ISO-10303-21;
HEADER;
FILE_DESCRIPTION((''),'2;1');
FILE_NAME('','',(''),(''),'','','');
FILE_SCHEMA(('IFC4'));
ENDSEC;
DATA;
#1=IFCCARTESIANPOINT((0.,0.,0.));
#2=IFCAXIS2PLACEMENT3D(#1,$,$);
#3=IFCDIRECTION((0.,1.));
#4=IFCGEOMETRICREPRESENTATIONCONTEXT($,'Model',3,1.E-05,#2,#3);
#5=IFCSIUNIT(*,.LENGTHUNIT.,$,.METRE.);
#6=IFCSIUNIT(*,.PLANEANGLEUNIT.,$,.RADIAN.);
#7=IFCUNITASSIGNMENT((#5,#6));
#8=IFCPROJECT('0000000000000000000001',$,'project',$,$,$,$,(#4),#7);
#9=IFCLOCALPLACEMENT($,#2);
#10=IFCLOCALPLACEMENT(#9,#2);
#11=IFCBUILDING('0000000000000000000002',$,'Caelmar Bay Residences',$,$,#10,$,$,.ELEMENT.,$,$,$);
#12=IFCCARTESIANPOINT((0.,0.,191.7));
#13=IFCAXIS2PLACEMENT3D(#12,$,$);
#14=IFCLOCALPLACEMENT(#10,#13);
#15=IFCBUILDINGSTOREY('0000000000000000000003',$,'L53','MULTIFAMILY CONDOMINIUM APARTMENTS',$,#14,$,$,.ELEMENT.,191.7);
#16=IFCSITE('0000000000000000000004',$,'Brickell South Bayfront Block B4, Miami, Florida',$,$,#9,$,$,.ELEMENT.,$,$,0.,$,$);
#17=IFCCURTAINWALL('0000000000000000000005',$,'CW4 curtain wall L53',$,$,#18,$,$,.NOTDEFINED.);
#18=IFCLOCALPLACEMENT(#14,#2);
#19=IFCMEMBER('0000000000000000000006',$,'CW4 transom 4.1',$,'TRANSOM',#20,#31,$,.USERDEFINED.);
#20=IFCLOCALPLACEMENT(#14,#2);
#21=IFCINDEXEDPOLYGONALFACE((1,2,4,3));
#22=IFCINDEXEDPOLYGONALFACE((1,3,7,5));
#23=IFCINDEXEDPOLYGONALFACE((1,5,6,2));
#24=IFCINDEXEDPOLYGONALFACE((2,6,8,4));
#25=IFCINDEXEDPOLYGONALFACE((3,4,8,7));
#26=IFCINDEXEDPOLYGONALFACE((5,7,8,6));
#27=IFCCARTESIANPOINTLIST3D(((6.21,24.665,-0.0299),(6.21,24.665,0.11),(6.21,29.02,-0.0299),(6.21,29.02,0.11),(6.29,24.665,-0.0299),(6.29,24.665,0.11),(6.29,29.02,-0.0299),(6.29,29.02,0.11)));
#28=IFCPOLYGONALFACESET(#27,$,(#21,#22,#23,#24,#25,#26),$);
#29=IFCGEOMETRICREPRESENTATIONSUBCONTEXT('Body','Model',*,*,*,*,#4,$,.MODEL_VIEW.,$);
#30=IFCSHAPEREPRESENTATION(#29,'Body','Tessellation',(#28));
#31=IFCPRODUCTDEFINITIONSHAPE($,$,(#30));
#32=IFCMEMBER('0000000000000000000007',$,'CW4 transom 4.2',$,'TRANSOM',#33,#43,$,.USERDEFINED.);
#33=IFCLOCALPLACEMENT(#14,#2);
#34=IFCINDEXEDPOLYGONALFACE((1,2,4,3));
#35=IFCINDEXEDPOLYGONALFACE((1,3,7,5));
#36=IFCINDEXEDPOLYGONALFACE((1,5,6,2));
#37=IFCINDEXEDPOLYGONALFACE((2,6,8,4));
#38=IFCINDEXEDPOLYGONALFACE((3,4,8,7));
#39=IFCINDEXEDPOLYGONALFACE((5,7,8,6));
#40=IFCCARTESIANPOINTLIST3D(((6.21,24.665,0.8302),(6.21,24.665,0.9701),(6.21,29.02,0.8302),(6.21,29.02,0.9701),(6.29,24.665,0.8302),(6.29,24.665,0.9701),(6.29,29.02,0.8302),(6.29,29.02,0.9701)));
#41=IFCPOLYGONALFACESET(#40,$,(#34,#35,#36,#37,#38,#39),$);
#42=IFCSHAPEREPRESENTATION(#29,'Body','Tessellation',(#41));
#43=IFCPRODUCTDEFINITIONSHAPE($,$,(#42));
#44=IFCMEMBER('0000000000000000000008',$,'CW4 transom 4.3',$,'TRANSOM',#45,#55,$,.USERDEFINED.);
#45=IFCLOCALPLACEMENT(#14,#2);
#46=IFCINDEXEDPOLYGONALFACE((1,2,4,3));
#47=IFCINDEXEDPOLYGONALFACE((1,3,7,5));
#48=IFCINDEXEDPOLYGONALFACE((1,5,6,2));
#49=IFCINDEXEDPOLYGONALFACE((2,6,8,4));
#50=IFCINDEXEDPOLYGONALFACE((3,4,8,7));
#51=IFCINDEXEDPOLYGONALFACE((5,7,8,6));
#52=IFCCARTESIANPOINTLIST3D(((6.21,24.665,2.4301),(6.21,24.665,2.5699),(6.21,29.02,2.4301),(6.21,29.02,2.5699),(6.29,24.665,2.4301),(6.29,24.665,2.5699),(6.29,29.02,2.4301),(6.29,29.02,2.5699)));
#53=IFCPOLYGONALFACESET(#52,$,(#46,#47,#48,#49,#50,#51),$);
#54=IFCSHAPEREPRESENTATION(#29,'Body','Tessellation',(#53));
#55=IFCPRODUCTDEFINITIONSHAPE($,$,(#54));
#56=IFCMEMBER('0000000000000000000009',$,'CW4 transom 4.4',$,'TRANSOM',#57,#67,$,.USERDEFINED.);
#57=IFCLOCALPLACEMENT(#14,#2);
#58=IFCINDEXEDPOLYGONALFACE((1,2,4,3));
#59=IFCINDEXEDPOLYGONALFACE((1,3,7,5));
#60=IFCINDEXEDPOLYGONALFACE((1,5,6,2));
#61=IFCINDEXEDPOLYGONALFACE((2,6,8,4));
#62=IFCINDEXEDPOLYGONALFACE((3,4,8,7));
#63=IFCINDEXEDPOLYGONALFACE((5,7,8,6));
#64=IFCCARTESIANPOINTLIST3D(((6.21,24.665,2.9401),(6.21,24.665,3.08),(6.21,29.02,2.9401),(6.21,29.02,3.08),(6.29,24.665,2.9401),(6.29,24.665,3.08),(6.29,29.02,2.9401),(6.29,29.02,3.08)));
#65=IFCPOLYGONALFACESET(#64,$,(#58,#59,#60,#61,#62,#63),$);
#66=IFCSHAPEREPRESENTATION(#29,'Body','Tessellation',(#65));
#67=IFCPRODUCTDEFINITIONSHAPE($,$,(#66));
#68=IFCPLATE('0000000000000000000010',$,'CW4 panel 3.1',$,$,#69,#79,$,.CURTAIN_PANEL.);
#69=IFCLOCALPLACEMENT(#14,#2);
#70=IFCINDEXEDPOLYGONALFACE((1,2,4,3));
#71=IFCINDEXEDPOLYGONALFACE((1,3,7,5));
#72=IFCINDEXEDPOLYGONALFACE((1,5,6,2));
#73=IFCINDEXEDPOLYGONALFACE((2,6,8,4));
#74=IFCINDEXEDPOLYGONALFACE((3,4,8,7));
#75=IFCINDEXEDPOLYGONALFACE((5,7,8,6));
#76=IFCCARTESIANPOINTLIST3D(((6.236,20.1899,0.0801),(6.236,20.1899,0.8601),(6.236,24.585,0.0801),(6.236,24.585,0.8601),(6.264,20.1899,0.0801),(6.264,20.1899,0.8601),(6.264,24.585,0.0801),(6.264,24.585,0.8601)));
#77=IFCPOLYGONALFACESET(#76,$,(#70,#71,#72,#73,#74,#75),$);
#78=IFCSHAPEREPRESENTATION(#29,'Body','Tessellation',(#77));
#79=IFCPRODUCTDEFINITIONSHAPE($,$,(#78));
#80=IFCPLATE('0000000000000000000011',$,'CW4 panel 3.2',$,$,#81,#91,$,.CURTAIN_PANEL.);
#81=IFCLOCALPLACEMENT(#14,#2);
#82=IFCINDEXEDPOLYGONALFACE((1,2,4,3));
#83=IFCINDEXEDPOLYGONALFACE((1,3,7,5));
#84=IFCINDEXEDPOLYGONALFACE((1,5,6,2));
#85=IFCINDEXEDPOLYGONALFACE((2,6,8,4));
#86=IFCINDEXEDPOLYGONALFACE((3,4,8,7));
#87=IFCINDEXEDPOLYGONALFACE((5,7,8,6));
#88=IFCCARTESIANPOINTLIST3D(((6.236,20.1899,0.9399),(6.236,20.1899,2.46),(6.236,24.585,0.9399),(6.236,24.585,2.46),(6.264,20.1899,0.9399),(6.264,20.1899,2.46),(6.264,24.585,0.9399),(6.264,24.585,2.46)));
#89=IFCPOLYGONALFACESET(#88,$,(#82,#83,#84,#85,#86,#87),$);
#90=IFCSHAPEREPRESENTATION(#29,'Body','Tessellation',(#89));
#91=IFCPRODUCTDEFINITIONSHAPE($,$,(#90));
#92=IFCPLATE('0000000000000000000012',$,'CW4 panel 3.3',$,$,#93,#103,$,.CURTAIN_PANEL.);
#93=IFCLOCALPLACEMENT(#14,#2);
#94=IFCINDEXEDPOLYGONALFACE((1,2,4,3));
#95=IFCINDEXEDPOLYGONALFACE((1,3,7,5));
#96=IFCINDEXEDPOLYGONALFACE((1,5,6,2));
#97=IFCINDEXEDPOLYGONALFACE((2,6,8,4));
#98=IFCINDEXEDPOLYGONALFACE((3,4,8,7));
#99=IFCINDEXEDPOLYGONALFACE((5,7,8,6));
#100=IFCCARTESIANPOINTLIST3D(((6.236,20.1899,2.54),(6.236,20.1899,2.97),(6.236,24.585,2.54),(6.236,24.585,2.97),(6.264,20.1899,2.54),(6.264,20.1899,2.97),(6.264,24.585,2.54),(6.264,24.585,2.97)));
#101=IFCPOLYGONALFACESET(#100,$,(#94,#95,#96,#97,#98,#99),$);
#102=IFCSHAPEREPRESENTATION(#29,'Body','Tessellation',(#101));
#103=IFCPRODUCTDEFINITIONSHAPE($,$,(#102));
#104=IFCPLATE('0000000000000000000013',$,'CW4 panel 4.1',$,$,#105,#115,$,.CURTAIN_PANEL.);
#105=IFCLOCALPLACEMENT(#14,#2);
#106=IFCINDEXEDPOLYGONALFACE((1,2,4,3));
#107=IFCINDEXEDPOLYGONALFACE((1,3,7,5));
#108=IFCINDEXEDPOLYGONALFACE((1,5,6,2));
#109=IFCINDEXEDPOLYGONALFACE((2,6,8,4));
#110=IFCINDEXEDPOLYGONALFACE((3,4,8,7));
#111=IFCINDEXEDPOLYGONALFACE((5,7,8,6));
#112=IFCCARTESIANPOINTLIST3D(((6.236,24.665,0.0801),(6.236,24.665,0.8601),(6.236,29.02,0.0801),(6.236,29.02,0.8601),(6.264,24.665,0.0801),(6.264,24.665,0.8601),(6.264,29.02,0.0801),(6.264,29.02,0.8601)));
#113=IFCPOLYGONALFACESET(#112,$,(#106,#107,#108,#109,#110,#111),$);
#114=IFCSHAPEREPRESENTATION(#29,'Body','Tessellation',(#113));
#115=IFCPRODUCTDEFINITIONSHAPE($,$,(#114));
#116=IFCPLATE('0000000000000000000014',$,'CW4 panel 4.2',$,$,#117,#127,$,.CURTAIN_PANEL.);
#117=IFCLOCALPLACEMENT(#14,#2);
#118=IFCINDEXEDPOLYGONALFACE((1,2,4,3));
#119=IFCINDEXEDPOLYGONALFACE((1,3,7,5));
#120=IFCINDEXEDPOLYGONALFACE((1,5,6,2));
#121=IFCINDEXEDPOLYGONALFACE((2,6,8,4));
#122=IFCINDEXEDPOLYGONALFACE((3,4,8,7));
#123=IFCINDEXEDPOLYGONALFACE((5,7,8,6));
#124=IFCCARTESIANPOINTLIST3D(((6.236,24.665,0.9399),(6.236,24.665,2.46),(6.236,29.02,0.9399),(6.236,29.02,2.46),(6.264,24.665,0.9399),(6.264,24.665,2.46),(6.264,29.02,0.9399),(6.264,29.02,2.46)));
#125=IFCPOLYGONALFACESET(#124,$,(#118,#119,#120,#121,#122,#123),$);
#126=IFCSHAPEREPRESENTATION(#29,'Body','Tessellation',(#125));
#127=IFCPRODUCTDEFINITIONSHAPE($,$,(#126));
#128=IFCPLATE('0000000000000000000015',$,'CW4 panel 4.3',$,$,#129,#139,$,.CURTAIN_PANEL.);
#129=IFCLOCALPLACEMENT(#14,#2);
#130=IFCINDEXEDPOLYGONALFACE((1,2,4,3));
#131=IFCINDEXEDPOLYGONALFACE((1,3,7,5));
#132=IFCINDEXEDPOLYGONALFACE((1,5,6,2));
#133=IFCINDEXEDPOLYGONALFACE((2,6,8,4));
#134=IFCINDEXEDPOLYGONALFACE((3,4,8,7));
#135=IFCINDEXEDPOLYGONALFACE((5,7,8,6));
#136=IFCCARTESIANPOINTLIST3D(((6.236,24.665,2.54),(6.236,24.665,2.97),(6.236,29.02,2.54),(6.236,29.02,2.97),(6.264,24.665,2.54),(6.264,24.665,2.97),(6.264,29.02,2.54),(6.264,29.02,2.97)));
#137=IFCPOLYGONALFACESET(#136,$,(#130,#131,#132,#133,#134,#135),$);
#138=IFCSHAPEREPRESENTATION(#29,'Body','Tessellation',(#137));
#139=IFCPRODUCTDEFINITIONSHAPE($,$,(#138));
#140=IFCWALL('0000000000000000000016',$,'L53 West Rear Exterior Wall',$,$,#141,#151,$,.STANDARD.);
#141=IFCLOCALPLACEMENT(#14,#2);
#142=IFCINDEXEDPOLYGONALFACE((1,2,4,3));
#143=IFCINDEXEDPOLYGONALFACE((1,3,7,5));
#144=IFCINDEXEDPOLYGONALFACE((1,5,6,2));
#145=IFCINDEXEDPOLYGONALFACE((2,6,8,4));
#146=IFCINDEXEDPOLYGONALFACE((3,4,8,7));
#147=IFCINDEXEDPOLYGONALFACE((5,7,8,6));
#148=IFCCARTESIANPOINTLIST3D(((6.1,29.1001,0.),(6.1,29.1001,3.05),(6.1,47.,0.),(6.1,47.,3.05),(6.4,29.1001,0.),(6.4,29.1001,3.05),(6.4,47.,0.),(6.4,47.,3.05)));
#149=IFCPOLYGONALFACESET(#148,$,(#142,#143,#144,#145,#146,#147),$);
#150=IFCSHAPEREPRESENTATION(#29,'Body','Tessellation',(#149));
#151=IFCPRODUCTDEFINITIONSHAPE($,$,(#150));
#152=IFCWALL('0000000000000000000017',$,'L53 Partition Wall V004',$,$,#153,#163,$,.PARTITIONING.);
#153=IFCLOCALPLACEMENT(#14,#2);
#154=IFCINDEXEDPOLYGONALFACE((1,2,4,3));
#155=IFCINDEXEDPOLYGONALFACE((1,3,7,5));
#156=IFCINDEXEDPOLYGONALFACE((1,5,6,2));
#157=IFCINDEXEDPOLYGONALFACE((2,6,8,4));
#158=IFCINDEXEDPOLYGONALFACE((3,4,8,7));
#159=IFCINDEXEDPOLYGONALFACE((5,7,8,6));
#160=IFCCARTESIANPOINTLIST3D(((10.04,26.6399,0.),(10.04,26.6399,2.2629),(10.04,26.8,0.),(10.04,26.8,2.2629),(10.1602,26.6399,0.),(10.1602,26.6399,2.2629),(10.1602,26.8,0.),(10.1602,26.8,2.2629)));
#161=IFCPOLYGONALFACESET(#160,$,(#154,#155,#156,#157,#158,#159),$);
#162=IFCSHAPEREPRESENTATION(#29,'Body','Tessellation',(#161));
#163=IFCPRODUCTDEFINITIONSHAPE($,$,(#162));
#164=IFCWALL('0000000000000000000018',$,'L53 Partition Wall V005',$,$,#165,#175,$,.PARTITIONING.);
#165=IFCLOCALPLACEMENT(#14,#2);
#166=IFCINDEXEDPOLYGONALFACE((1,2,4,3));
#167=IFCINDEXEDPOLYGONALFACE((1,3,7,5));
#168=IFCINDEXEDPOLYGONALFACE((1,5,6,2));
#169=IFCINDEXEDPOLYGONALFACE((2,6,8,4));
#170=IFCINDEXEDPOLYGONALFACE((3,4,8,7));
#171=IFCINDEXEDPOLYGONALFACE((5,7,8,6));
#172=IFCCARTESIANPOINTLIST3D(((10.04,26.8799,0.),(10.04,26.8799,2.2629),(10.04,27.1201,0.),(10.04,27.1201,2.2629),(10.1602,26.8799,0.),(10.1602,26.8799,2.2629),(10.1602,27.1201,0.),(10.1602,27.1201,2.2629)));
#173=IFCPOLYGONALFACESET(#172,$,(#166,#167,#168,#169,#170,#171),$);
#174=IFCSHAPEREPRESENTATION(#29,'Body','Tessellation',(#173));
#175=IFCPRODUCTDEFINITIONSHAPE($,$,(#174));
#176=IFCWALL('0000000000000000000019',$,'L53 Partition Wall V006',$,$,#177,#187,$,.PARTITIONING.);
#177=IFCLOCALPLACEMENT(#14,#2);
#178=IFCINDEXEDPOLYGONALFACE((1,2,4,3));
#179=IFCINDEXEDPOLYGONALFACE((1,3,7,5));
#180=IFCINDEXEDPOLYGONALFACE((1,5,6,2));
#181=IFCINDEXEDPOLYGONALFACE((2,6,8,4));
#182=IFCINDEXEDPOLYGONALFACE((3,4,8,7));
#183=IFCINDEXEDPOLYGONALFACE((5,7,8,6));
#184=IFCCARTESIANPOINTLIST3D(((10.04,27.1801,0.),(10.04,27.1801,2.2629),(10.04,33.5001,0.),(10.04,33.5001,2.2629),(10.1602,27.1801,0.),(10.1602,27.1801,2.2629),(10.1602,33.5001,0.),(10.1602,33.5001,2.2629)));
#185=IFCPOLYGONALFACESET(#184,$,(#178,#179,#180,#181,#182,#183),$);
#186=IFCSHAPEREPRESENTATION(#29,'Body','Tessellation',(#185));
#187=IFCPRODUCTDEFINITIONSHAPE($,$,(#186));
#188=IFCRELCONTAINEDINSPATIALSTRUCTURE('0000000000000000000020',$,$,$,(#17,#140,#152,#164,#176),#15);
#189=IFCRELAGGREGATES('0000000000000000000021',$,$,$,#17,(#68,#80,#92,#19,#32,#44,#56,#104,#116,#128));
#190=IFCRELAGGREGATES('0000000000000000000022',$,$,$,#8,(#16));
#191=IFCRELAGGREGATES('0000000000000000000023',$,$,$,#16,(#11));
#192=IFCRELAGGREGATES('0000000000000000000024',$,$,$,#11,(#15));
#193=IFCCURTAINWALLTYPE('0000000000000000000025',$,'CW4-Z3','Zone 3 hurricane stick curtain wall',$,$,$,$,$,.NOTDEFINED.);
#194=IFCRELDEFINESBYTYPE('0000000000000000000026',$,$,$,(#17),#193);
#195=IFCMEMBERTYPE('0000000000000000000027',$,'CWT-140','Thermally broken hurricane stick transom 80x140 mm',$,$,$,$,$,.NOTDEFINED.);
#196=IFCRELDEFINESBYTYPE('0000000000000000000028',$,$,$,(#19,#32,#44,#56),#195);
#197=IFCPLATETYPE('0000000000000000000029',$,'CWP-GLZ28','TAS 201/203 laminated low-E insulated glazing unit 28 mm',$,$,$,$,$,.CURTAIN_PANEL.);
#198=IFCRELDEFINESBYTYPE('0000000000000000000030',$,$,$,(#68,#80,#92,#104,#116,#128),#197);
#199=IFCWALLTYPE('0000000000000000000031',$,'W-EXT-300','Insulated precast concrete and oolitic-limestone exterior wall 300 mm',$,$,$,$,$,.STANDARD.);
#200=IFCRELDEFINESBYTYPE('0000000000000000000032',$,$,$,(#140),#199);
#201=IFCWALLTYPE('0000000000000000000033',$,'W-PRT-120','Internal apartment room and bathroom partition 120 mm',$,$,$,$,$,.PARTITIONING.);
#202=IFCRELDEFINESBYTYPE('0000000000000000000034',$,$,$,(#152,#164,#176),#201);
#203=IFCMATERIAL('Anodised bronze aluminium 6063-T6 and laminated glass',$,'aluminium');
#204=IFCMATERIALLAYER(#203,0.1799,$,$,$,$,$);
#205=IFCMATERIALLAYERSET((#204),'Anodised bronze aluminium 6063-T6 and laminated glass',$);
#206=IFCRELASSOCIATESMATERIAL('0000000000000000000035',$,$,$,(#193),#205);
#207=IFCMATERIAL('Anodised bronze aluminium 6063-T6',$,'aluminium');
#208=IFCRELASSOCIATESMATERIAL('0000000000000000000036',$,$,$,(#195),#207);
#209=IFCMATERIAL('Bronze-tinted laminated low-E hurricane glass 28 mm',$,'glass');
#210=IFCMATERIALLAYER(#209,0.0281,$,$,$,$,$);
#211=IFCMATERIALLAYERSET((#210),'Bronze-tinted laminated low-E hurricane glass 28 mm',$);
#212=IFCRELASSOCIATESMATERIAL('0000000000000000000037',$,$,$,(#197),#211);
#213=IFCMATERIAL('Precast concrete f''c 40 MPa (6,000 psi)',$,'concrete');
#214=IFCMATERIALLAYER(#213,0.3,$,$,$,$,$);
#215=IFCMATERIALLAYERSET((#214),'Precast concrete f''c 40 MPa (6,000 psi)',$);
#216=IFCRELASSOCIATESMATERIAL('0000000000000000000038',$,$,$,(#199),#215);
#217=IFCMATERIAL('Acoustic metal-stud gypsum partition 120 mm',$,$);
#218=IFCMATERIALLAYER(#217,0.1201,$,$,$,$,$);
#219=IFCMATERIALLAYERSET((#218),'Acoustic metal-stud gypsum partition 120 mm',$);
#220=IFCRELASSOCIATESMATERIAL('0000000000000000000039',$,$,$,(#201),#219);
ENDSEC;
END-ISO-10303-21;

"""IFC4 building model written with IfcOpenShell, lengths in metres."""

from ifc_helpers import new_model, si_unit, direction, frame, frame_2d, origin, origin_2d, place, context, subcontext, project, spatial, rectangle, extrude, material, layer, layer_set, material_profile, profile_set, type_object, element, aggregate, save


model = new_model("IFC4")

# Units and contexts
model_context = context("Model", 3, precision=1e-05, world=origin(), true_north=direction((0.0, 1.0)))
body_context = subcontext(model_context, "Body", "Model", "MODEL_VIEW")
ifc_project = project(units=[si_unit("LENGTHUNIT", "METRE"), si_unit("PLANEANGLEUNIT", "RADIAN")], contexts=[model_context])

# Site, building, storey
site_placement = place(None, origin())
site = spatial("IfcSite", under=ifc_project, at=site_placement, Name="Brickell South Bayfront Block B4, Miami, Florida", CompositionType="ELEMENT", RefElevation=0.0)
building_placement = place(site_placement, origin())
building = spatial("IfcBuilding", under=site, at=building_placement, Name="Caelmar Bay Residences", CompositionType="ELEMENT")
storey_placement = place(building_placement, frame((0.0, 0.0, 191.7)))
storey = spatial("IfcBuildingStorey", under=building, at=storey_placement, Name="L53", Description="MULTIFAMILY CONDOMINIUM APARTMENTS", CompositionType="ELEMENT", Elevation=191.7)

# Curtain wall, members, plates
ifc_material_1 = material(Name="Anodised bronze aluminium 6063-T6 and laminated glass", Category="aluminium")
ifc_layer_1 = layer(ifc_material_1, 0.1799)
ifc_layer_set_1 = layer_set([ifc_layer_1], Name="Anodised bronze aluminium 6063-T6 and laminated glass")
curtain_wall_type = type_object("IfcCurtainWallType", Name="CW4-Z3", Description="Zone 3 hurricane stick curtain wall", PredefinedType="NOTDEFINED", material=ifc_layer_set_1)
curtain_wall_placement = place(storey_placement, origin())
curtain_wall = element("IfcCurtainWall", 1, at=curtain_wall_placement, inside=storey, type_object=curtain_wall_type, Name="CW4 curtain wall L53", PredefinedType="NOTDEFINED")
ifc_material_2 = material(Name="Anodised bronze aluminium 6063-T6", Category="aluminium")
ifc_material_profile_1 = material_profile(ifc_material_2, rectangle(XDim=0.0801, YDim=0.1399, at=origin_2d()), Name="CWT-80X140")
ifc_profile_set_1 = profile_set([ifc_material_profile_1], Name="Anodised bronze aluminium 6063-T6")
member_type_1 = type_object("IfcMemberType", Name="CWT-140", Description="Thermally broken hurricane stick transom 80x140 mm", PredefinedType="NOTDEFINED", material=ifc_profile_set_1)
member_1_placement = place(storey_placement, frame((6.25, 24.665, 0.04), z_axis=(0.0, 1.0, 0.0), x_axis=(-1.0, 0.0, 0.0)))
member_1 = element("IfcMember", 2, at=member_1_placement, type_object=member_type_1, Name="CW4 transom 4.1", ObjectType="TRANSOM", PredefinedType="USERDEFINED", context=body_context, shape_type="SweptSolid", body=[
    extrude(rectangle(XDim=0.0801, YDim=0.1399, at=origin_2d()), origin(), (0.0, 0.0, 1.0), 4.355),
])
member_2_placement = place(storey_placement, frame((6.25, 24.665, 0.9001), z_axis=(0.0, 1.0, 0.0), x_axis=(-1.0, 0.0, 0.0)))
member_2 = element("IfcMember", 3, at=member_2_placement, type_object=member_type_1, Name="CW4 transom 4.2", ObjectType="TRANSOM", PredefinedType="USERDEFINED", context=body_context, shape_type="SweptSolid", body=[
    extrude(rectangle(XDim=0.0801, YDim=0.1399, at=origin_2d()), origin(), (0.0, 0.0, 1.0), 4.355),
])
member_3_placement = place(storey_placement, frame((6.25, 24.665, 2.5), z_axis=(0.0, 1.0, 0.0), x_axis=(-1.0, 0.0, 0.0)))
member_3 = element("IfcMember", 4, at=member_3_placement, type_object=member_type_1, Name="CW4 transom 4.3", ObjectType="TRANSOM", PredefinedType="USERDEFINED", context=body_context, shape_type="SweptSolid", body=[
    extrude(rectangle(XDim=0.0801, YDim=0.1399, at=origin_2d()), origin(), (0.0, 0.0, 1.0), 4.355),
])
member_4_placement = place(storey_placement, frame((6.25, 24.665, 3.01), z_axis=(0.0, 1.0, 0.0), x_axis=(-1.0, 0.0, 0.0)))
member_4 = element("IfcMember", 5, at=member_4_placement, type_object=member_type_1, Name="CW4 transom 4.4", ObjectType="TRANSOM", PredefinedType="USERDEFINED", context=body_context, shape_type="SweptSolid", body=[
    extrude(rectangle(XDim=0.0801, YDim=0.1399, at=origin_2d()), origin(), (0.0, 0.0, 1.0), 4.355),
])
ifc_material_3 = material(Name="Bronze-tinted laminated low-E hurricane glass 28 mm", Category="glass")
ifc_layer_2 = layer(ifc_material_3, 0.0281)
ifc_layer_set_2 = layer_set([ifc_layer_2], Name="Bronze-tinted laminated low-E hurricane glass 28 mm")
plate_type = type_object("IfcPlateType", Name="CWP-GLZ28", Description="TAS 201/203 laminated low-E insulated glazing unit 28 mm", PredefinedType="CURTAIN_PANEL", material=ifc_layer_set_2)
plate_1_placement = place(storey_placement, frame((6.25, 22.3875, 0.0801), z_axis=(0.0, 0.0, 1.0), x_axis=(0.0, 1.0, 0.0)))
plate_1 = element("IfcPlate", 6, at=plate_1_placement, type_object=plate_type, Name="CW4 panel 3.1", PredefinedType="CURTAIN_PANEL", context=body_context, shape_type="SweptSolid", body=[
    extrude(rectangle(XDim=4.395, YDim=0.0281, at=origin_2d()), origin(), (0.0, 0.0, 1.0), 0.78),
])
plate_2_placement = place(storey_placement, frame((6.25, 22.3875, 0.9399), z_axis=(0.0, 0.0, 1.0), x_axis=(0.0, 1.0, 0.0)))
plate_2 = element("IfcPlate", 7, at=plate_2_placement, type_object=plate_type, Name="CW4 panel 3.2", PredefinedType="CURTAIN_PANEL", context=body_context, shape_type="SweptSolid", body=[
    extrude(rectangle(XDim=4.395, YDim=0.0281, at=origin_2d()), origin(), (0.0, 0.0, 1.0), 1.52),
])
plate_3_placement = place(storey_placement, frame((6.25, 22.3875, 2.54), z_axis=(0.0, 0.0, 1.0), x_axis=(0.0, 1.0, 0.0)))
plate_3 = element("IfcPlate", 8, at=plate_3_placement, type_object=plate_type, Name="CW4 panel 3.3", PredefinedType="CURTAIN_PANEL", context=body_context, shape_type="SweptSolid", body=[
    extrude(rectangle(XDim=4.395, YDim=0.0281, at=origin_2d()), origin(), (0.0, 0.0, 1.0), 0.4299),
])
plate_4_placement = place(storey_placement, frame((6.25, 26.8425, 0.0801), z_axis=(0.0, 0.0, 1.0), x_axis=(0.0, 1.0, 0.0)))
plate_4 = element("IfcPlate", 9, at=plate_4_placement, type_object=plate_type, Name="CW4 panel 4.1", PredefinedType="CURTAIN_PANEL", context=body_context, shape_type="SweptSolid", body=[
    extrude(rectangle(XDim=4.355, YDim=0.0281, at=origin_2d()), origin(), (0.0, 0.0, 1.0), 0.78),
])
plate_5_placement = place(storey_placement, frame((6.25, 26.8425, 0.9399), z_axis=(0.0, 0.0, 1.0), x_axis=(0.0, 1.0, 0.0)))
plate_5 = element("IfcPlate", 10, at=plate_5_placement, type_object=plate_type, Name="CW4 panel 4.2", PredefinedType="CURTAIN_PANEL", context=body_context, shape_type="SweptSolid", body=[
    extrude(rectangle(XDim=4.355, YDim=0.0281, at=origin_2d()), origin(), (0.0, 0.0, 1.0), 1.52),
])
plate_6_placement = place(storey_placement, frame((6.25, 26.8425, 2.54), z_axis=(0.0, 0.0, 1.0), x_axis=(0.0, 1.0, 0.0)))
plate_6 = element("IfcPlate", 11, at=plate_6_placement, type_object=plate_type, Name="CW4 panel 4.3", PredefinedType="CURTAIN_PANEL", context=body_context, shape_type="SweptSolid", body=[
    extrude(rectangle(XDim=4.355, YDim=0.0281, at=origin_2d()), origin(), (0.0, 0.0, 1.0), 0.4299),
])
aggregate(curtain_wall, [plate_1, plate_2, plate_3, member_1, member_2, member_3, member_4, plate_4, plate_5, plate_6])

# Walls
ifc_material_4 = material(Name="Precast concrete f'c 40 MPa (6,000 psi)", Category="concrete")
ifc_layer_3 = layer(ifc_material_4, 0.3)
ifc_layer_set_3 = layer_set([ifc_layer_3], Name="Precast concrete f'c 40 MPa (6,000 psi)")
wall_type_1 = type_object("IfcWallType", Name="W-EXT-300", Description="Insulated precast concrete and oolitic-limestone exterior wall 300 mm", PredefinedType="STANDARD", material=ifc_layer_set_3)
wall_1_placement = place(storey_placement, frame((6.25, 29.1001, 0.0), z_axis=(0.0, 0.0, 1.0), x_axis=(0.0, 1.0, 0.0)))
element("IfcWall", 12, at=wall_1_placement, inside=storey, type_object=wall_type_1, Name="L53 West Rear Exterior Wall", PredefinedType="STANDARD", context=body_context, shape_type="SweptSolid", body=[
    extrude(rectangle(XDim=17.8999, YDim=0.3, at=frame_2d((8.95, 0.0))), origin(), (0.0, 0.0, 1.0), 3.05),
])
ifc_material_5 = material(Name="Acoustic metal-stud gypsum partition 120 mm")
ifc_layer_4 = layer(ifc_material_5, 0.1201)
ifc_layer_set_4 = layer_set([ifc_layer_4], Name="Acoustic metal-stud gypsum partition 120 mm")
wall_type_2 = type_object("IfcWallType", Name="W-PRT-120", Description="Internal apartment room and bathroom partition 120 mm", PredefinedType="PARTITIONING", material=ifc_layer_set_4)
wall_2_placement = place(storey_placement, frame((10.1001, 26.6399, 0.0), z_axis=(0.0, 0.0, 1.0), x_axis=(0.0, 1.0, 0.0)))
element("IfcWall", 13, at=wall_2_placement, inside=storey, type_object=wall_type_2, Name="L53 Partition Wall V004", PredefinedType="PARTITIONING", context=body_context, shape_type="SweptSolid", body=[
    extrude(rectangle(XDim=0.1602, YDim=0.1201, at=frame_2d((0.0801, 0.0))), origin(), (0.0, 0.0, 1.0), 2.2629),
])
wall_3_placement = place(storey_placement, frame((10.1001, 26.8799, 0.0), z_axis=(0.0, 0.0, 1.0), x_axis=(0.0, 1.0, 0.0)))
element("IfcWall", 14, at=wall_3_placement, inside=storey, type_object=wall_type_2, Name="L53 Partition Wall V005", PredefinedType="PARTITIONING", context=body_context, shape_type="SweptSolid", body=[
    extrude(rectangle(XDim=0.2402, YDim=0.1201, at=frame_2d((0.1201, 0.0))), origin(), (0.0, 0.0, 1.0), 2.2629),
])
wall_4_placement = place(storey_placement, frame((10.1001, 27.1799, 0.0), z_axis=(0.0, 0.0, 1.0), x_axis=(0.0, 1.0, 0.0)))
element("IfcWall", 15, at=wall_4_placement, inside=storey, type_object=wall_type_2, Name="L53 Partition Wall V006", PredefinedType="PARTITIONING", context=body_context, shape_type="SweptSolid", body=[
    extrude(rectangle(XDim=6.3201, YDim=0.1201, at=frame_2d((3.1602, 0.0))), origin(), (0.0, 0.0, 1.0), 2.2629),
])

save(model, "model.ifc")
